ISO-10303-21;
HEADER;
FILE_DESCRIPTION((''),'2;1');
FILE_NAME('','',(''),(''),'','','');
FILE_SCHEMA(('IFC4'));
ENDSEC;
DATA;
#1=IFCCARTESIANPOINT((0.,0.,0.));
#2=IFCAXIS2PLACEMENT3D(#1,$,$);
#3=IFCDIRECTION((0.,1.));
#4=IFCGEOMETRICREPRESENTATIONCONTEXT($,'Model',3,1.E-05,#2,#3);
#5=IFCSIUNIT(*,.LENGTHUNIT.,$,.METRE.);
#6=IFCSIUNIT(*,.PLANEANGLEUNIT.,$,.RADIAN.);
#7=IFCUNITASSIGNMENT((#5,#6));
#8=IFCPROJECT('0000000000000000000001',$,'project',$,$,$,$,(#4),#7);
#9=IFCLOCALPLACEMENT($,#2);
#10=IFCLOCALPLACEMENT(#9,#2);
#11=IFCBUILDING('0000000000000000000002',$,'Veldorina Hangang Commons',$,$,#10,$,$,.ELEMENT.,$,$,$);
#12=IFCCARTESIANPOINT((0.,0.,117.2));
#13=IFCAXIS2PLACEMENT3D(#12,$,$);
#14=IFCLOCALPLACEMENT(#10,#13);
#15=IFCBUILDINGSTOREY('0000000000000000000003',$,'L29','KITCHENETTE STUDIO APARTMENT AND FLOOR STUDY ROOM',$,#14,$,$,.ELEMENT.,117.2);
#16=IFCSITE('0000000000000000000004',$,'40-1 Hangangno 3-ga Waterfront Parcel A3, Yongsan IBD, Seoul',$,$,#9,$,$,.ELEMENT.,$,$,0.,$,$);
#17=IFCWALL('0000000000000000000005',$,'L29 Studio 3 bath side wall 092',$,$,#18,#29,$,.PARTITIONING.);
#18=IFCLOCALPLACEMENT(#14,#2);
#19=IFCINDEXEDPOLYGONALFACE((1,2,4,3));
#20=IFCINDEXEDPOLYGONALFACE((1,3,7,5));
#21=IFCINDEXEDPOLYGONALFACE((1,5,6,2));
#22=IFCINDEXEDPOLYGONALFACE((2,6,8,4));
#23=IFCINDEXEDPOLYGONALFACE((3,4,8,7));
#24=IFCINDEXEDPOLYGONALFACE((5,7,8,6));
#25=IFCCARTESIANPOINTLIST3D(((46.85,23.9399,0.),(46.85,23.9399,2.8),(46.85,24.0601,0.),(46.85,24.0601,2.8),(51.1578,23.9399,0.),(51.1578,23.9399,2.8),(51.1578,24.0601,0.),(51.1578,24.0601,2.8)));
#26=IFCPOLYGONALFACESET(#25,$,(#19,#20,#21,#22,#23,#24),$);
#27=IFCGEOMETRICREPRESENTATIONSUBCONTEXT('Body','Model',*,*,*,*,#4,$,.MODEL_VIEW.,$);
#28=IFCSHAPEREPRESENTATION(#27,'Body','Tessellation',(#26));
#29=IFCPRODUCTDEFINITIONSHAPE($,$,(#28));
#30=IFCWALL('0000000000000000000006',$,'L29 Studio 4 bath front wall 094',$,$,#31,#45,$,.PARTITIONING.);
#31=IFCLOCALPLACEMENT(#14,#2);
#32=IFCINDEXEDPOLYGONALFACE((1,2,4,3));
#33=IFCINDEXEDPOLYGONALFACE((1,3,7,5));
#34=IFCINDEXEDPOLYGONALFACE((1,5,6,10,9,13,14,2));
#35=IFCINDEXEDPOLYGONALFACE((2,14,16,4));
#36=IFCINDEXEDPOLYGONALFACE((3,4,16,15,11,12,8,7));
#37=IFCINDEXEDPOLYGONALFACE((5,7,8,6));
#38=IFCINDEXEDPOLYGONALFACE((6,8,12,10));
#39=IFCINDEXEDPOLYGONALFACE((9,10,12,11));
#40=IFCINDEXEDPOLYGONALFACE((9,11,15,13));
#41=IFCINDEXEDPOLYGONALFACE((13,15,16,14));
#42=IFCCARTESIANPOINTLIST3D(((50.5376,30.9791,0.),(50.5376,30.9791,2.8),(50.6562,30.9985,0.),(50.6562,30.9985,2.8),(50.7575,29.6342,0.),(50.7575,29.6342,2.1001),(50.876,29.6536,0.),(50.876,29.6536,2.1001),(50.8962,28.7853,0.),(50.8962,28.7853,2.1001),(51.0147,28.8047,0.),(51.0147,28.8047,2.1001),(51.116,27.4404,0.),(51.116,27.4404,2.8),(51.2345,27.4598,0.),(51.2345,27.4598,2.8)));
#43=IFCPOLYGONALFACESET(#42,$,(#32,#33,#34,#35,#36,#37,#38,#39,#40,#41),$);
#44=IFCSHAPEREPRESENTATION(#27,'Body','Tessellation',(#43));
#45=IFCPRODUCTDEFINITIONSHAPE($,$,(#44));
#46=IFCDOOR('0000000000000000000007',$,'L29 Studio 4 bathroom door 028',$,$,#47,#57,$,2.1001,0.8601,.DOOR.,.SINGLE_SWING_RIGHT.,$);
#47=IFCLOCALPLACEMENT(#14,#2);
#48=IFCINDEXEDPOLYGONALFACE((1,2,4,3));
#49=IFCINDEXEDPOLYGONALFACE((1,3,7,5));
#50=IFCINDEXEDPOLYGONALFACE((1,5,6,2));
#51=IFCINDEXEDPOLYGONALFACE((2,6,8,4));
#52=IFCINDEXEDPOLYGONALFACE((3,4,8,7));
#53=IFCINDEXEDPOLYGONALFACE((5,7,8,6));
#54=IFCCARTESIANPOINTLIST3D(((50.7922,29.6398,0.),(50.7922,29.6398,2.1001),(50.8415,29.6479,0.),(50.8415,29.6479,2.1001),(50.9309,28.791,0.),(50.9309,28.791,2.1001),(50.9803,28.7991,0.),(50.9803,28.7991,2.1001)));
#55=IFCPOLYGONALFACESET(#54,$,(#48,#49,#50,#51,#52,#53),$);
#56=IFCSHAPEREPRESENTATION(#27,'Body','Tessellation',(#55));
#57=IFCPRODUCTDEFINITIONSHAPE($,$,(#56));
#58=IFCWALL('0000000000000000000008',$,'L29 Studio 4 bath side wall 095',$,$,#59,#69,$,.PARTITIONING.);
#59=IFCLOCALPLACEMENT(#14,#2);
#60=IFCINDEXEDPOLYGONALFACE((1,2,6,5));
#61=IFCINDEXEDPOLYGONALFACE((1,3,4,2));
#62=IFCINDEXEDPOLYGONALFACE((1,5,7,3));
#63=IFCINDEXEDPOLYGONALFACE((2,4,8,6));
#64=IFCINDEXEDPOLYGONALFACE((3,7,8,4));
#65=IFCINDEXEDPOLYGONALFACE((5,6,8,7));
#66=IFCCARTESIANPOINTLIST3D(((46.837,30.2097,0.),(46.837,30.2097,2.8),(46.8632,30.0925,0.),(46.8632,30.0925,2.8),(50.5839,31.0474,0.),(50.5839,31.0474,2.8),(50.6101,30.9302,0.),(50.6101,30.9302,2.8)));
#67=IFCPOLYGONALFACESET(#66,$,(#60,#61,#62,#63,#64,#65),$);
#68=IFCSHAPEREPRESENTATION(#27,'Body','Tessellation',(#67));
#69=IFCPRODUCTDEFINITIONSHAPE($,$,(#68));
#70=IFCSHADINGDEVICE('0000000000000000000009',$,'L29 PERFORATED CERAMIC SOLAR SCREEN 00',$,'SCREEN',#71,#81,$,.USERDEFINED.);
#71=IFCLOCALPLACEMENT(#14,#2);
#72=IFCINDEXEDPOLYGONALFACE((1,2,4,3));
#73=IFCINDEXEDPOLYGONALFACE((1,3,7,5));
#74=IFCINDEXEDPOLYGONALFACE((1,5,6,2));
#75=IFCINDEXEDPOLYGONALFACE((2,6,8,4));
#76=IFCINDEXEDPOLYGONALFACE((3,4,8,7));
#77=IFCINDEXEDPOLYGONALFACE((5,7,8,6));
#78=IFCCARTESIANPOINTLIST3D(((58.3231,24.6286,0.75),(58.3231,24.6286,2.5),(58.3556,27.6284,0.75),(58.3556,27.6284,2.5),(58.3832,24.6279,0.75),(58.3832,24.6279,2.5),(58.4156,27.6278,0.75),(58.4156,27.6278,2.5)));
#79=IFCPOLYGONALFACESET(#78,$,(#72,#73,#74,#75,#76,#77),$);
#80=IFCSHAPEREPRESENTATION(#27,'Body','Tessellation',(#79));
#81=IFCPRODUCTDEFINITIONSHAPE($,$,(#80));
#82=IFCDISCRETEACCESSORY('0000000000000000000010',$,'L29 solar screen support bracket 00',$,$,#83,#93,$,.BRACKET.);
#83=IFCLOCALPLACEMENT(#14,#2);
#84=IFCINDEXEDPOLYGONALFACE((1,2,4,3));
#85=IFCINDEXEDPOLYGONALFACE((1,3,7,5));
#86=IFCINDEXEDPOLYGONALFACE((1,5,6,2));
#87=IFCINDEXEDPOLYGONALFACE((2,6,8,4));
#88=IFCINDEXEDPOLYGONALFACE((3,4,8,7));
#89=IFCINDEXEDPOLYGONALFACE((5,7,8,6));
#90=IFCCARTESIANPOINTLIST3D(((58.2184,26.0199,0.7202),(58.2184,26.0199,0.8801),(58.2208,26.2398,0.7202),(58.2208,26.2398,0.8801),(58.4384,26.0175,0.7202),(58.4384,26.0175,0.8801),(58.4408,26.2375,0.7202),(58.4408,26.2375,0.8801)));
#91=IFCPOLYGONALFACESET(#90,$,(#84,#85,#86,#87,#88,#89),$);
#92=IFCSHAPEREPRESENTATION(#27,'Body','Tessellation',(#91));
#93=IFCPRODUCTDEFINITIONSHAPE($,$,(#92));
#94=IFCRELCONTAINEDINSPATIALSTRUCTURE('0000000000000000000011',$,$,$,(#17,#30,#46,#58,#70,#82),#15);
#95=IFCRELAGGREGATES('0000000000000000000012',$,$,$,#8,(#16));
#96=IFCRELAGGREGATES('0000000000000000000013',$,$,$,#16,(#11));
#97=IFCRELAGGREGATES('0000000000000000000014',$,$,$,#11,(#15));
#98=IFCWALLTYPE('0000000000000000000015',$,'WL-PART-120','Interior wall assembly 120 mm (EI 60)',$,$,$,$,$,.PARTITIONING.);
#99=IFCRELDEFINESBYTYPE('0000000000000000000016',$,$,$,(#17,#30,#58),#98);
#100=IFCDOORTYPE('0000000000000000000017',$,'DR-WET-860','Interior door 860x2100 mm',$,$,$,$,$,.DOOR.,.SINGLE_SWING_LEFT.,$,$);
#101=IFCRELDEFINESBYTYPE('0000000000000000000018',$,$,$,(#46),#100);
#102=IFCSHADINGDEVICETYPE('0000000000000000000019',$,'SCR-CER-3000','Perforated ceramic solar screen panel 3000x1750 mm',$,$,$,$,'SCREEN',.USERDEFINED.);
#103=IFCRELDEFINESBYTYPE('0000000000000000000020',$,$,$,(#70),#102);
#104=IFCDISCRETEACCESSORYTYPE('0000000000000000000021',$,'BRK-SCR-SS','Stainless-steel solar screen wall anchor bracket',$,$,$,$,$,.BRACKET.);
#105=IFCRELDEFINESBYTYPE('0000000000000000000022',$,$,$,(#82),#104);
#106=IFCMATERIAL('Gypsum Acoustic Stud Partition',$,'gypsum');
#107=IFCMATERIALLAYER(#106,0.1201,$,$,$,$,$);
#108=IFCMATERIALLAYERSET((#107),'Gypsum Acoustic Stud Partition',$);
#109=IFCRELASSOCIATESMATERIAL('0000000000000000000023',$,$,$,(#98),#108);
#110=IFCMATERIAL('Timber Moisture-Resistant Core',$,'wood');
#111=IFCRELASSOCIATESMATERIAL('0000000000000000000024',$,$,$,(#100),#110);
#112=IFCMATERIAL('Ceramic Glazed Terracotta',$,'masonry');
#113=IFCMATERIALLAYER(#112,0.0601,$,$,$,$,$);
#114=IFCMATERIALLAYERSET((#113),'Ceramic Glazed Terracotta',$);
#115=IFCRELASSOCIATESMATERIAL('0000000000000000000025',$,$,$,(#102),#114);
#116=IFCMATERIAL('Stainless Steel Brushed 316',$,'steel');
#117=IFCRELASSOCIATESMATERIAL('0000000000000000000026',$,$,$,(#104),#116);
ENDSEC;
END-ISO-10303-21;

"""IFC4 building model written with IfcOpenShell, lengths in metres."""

from ifc_helpers import new_model, si_unit, direction, frame, frame_2d, origin, origin_2d, place, context, subcontext, project, spatial, rectangle, extrude, material, layer, layer_set, type_object, element, fill, save


model = new_model("IFC4")

# Units and contexts
model_context = context("Model", 3, precision=1e-05, world=origin(), true_north=direction((0.0, 1.0)))
body_context = subcontext(model_context, "Body", "Model", "MODEL_VIEW")
ifc_project = project(units=[si_unit("LENGTHUNIT", "METRE"), si_unit("PLANEANGLEUNIT", "RADIAN")], contexts=[model_context])

# Site, building, storey
site_placement = place(None, origin())
site = spatial("IfcSite", under=ifc_project, at=site_placement, Name="40-1 Hangangno 3-ga Waterfront Parcel A3, Yongsan IBD, Seoul", CompositionType="ELEMENT", RefElevation=0.0)
building_placement = place(site_placement, origin())
building = spatial("IfcBuilding", under=site, at=building_placement, Name="Veldorina Hangang Commons", CompositionType="ELEMENT")
storey_placement = place(building_placement, frame((0.0, 0.0, 117.2)))
storey = spatial("IfcBuildingStorey", under=building, at=storey_placement, Name="L29", Description="KITCHENETTE STUDIO APARTMENT AND FLOOR STUDY ROOM", CompositionType="ELEMENT", Elevation=117.2)

# Wall
ifc_material_1 = material(Name="Gypsum Acoustic Stud Partition", Category="gypsum")
ifc_layer_1 = layer(ifc_material_1, 0.1201)
ifc_layer_set_1 = layer_set([ifc_layer_1], Name="Gypsum Acoustic Stud Partition")
wall_type_1 = type_object("IfcWallType", Name="WL-PART-120", Description="Interior wall assembly 120 mm (EI 60)", PredefinedType="PARTITIONING", material=ifc_layer_set_1)
wall_1_placement = place(storey_placement, frame((46.8501, 24.0, 0.0), z_axis=(0.0, 0.0, 1.0), x_axis=(1.0, 0.0, 0.0)))
element("IfcWall", 1, at=wall_1_placement, inside=storey, type_object=wall_type_1, Name="L29 Studio 3 bath side wall 092", PredefinedType="PARTITIONING", context=body_context, shape_type="SweptSolid", body=[
    extrude(rectangle(XDim=4.3079, YDim=0.1201, at=frame_2d((2.1538, 0.0))), origin(), (0.0, 0.0, 1.0), 2.8),
])

# Wall, opening, door
wall_2_placement = place(storey_placement, frame((51.1753, 27.45, 0.0), z_axis=(0.0, 0.0, 1.0), x_axis=(-0.161296, 0.986906, 0.0)))
wall_2 = element("IfcWall", 2, at=wall_2_placement, inside=storey, type_object=wall_type_1, Name="L29 Studio 4 bath front wall 094", PredefinedType="PARTITIONING", context=body_context, shape_type="SweptSolid", body=[
    extrude(rectangle(XDim=3.5857, YDim=0.1201, at=frame_2d((1.793, 0.0))), origin(), (0.0, 0.0, 1.0), 2.8),
])
opening_1_placement = place(wall_2_placement, frame((1.3628, 0.0, 0.0)))
opening_1 = element("IfcOpeningElement", 3, at=opening_1_placement, cuts=wall_2, PredefinedType="OPENING", context=body_context, shape_type="SweptSolid", body=[
    extrude(rectangle(XDim=0.8601, YDim=2.1001, at=frame_2d((0.4302, 1.05))), frame((0.0, 0.0701, 0.0), z_axis=(0.0, -1.0, 0.0), x_axis=(1.0, 0.0, 0.0)), (0.0, 0.0, 1.0), 0.1401),
])
ifc_material_2 = material(Name="Timber Moisture-Resistant Core", Category="wood")
door_type_1 = type_object("IfcDoorType", Name="DR-WET-860", Description="Interior door 860x2100 mm", OperationType="SINGLE_SWING_LEFT", PredefinedType="DOOR", material=ifc_material_2)
door_1_placement = place(opening_1_placement, origin())
door_1 = element("IfcDoor", 4, at=door_1_placement, inside=storey, type_object=door_type_1, Name="L29 Studio 4 bathroom door 028", OperationType="SINGLE_SWING_RIGHT", OverallHeight=2.1001, OverallWidth=0.8601, PredefinedType="DOOR", context=body_context, shape_type="SweptSolid", body=[
    extrude(rectangle(XDim=0.8601, YDim=2.1001, at=frame_2d((0.4302, 1.05))), frame((0.0, 0.0249, 0.0), z_axis=(0.0, -1.0, 0.0), x_axis=(1.0, 0.0, 0.0)), (0.0, 0.0, 1.0), 0.05),
])
fill(opening_1, door_1)

# Wall
wall_3_placement = place(storey_placement, frame((46.8501, 30.1511, 0.0), z_axis=(0.0, 0.0, 1.0), x_axis=(0.975909, 0.218176, 0.0)))
element("IfcWall", 5, at=wall_3_placement, inside=storey, type_object=wall_type_1, Name="L29 Studio 4 bath side wall 095", PredefinedType="PARTITIONING", context=body_context, shape_type="SweptSolid", body=[
    extrude(rectangle(XDim=3.8394, YDim=0.1201, at=frame_2d((1.9197, 0.0))), origin(), (0.0, 0.0, 1.0), 2.8),
])

# Shading device
ifc_material_3 = material(Name="Ceramic Glazed Terracotta", Category="masonry")
ifc_layer_2 = layer(ifc_material_3, 0.0601)
ifc_layer_set_2 = layer_set([ifc_layer_2], Name="Ceramic Glazed Terracotta")
shading_device_type = type_object("IfcShadingDeviceType", Name="SCR-CER-3000", Description="Perforated ceramic solar screen panel 3000x1750 mm", ElementType="SCREEN", PredefinedType="USERDEFINED", material=ifc_layer_set_2)
shading_device_placement = place(storey_placement, frame((58.3694, 26.1282, 0.75), z_axis=(0.0, 0.0, 1.0), x_axis=(0.010821, 0.999941, 0.0)))
element("IfcShadingDevice", 6, at=shading_device_placement, inside=storey, type_object=shading_device_type, Name="L29 PERFORATED CERAMIC SOLAR SCREEN 00", ObjectType="SCREEN", PredefinedType="USERDEFINED", context=body_context, shape_type="SweptSolid", body=[
    extrude(rectangle(XDim=3.0, YDim=0.0601, at=origin_2d()), origin(), (0.0, 0.0, 1.0), 1.75),
])

# Discrete accessory
ifc_material_4 = material(Name="Stainless Steel Brushed 316", Category="steel")
discrete_accessory_type = type_object("IfcDiscreteAccessoryType", Name="BRK-SCR-SS", Description="Stainless-steel solar screen wall anchor bracket", PredefinedType="BRACKET", material=ifc_material_4)
discrete_accessory_placement = place(storey_placement, frame((58.3296, 26.1287, 0.7202), z_axis=(0.0, 0.0, 1.0), x_axis=(0.010821, 0.999941, 0.0)))
element("IfcDiscreteAccessory", 7, at=discrete_accessory_placement, inside=storey, type_object=discrete_accessory_type, Name="L29 solar screen support bracket 00", PredefinedType="BRACKET", context=body_context, shape_type="SweptSolid", body=[
    extrude(rectangle(XDim=0.22, YDim=0.22, at=origin_2d()), origin(), (0.0, 0.0, 1.0), 0.1599),
])

save(model, "model.ifc")
